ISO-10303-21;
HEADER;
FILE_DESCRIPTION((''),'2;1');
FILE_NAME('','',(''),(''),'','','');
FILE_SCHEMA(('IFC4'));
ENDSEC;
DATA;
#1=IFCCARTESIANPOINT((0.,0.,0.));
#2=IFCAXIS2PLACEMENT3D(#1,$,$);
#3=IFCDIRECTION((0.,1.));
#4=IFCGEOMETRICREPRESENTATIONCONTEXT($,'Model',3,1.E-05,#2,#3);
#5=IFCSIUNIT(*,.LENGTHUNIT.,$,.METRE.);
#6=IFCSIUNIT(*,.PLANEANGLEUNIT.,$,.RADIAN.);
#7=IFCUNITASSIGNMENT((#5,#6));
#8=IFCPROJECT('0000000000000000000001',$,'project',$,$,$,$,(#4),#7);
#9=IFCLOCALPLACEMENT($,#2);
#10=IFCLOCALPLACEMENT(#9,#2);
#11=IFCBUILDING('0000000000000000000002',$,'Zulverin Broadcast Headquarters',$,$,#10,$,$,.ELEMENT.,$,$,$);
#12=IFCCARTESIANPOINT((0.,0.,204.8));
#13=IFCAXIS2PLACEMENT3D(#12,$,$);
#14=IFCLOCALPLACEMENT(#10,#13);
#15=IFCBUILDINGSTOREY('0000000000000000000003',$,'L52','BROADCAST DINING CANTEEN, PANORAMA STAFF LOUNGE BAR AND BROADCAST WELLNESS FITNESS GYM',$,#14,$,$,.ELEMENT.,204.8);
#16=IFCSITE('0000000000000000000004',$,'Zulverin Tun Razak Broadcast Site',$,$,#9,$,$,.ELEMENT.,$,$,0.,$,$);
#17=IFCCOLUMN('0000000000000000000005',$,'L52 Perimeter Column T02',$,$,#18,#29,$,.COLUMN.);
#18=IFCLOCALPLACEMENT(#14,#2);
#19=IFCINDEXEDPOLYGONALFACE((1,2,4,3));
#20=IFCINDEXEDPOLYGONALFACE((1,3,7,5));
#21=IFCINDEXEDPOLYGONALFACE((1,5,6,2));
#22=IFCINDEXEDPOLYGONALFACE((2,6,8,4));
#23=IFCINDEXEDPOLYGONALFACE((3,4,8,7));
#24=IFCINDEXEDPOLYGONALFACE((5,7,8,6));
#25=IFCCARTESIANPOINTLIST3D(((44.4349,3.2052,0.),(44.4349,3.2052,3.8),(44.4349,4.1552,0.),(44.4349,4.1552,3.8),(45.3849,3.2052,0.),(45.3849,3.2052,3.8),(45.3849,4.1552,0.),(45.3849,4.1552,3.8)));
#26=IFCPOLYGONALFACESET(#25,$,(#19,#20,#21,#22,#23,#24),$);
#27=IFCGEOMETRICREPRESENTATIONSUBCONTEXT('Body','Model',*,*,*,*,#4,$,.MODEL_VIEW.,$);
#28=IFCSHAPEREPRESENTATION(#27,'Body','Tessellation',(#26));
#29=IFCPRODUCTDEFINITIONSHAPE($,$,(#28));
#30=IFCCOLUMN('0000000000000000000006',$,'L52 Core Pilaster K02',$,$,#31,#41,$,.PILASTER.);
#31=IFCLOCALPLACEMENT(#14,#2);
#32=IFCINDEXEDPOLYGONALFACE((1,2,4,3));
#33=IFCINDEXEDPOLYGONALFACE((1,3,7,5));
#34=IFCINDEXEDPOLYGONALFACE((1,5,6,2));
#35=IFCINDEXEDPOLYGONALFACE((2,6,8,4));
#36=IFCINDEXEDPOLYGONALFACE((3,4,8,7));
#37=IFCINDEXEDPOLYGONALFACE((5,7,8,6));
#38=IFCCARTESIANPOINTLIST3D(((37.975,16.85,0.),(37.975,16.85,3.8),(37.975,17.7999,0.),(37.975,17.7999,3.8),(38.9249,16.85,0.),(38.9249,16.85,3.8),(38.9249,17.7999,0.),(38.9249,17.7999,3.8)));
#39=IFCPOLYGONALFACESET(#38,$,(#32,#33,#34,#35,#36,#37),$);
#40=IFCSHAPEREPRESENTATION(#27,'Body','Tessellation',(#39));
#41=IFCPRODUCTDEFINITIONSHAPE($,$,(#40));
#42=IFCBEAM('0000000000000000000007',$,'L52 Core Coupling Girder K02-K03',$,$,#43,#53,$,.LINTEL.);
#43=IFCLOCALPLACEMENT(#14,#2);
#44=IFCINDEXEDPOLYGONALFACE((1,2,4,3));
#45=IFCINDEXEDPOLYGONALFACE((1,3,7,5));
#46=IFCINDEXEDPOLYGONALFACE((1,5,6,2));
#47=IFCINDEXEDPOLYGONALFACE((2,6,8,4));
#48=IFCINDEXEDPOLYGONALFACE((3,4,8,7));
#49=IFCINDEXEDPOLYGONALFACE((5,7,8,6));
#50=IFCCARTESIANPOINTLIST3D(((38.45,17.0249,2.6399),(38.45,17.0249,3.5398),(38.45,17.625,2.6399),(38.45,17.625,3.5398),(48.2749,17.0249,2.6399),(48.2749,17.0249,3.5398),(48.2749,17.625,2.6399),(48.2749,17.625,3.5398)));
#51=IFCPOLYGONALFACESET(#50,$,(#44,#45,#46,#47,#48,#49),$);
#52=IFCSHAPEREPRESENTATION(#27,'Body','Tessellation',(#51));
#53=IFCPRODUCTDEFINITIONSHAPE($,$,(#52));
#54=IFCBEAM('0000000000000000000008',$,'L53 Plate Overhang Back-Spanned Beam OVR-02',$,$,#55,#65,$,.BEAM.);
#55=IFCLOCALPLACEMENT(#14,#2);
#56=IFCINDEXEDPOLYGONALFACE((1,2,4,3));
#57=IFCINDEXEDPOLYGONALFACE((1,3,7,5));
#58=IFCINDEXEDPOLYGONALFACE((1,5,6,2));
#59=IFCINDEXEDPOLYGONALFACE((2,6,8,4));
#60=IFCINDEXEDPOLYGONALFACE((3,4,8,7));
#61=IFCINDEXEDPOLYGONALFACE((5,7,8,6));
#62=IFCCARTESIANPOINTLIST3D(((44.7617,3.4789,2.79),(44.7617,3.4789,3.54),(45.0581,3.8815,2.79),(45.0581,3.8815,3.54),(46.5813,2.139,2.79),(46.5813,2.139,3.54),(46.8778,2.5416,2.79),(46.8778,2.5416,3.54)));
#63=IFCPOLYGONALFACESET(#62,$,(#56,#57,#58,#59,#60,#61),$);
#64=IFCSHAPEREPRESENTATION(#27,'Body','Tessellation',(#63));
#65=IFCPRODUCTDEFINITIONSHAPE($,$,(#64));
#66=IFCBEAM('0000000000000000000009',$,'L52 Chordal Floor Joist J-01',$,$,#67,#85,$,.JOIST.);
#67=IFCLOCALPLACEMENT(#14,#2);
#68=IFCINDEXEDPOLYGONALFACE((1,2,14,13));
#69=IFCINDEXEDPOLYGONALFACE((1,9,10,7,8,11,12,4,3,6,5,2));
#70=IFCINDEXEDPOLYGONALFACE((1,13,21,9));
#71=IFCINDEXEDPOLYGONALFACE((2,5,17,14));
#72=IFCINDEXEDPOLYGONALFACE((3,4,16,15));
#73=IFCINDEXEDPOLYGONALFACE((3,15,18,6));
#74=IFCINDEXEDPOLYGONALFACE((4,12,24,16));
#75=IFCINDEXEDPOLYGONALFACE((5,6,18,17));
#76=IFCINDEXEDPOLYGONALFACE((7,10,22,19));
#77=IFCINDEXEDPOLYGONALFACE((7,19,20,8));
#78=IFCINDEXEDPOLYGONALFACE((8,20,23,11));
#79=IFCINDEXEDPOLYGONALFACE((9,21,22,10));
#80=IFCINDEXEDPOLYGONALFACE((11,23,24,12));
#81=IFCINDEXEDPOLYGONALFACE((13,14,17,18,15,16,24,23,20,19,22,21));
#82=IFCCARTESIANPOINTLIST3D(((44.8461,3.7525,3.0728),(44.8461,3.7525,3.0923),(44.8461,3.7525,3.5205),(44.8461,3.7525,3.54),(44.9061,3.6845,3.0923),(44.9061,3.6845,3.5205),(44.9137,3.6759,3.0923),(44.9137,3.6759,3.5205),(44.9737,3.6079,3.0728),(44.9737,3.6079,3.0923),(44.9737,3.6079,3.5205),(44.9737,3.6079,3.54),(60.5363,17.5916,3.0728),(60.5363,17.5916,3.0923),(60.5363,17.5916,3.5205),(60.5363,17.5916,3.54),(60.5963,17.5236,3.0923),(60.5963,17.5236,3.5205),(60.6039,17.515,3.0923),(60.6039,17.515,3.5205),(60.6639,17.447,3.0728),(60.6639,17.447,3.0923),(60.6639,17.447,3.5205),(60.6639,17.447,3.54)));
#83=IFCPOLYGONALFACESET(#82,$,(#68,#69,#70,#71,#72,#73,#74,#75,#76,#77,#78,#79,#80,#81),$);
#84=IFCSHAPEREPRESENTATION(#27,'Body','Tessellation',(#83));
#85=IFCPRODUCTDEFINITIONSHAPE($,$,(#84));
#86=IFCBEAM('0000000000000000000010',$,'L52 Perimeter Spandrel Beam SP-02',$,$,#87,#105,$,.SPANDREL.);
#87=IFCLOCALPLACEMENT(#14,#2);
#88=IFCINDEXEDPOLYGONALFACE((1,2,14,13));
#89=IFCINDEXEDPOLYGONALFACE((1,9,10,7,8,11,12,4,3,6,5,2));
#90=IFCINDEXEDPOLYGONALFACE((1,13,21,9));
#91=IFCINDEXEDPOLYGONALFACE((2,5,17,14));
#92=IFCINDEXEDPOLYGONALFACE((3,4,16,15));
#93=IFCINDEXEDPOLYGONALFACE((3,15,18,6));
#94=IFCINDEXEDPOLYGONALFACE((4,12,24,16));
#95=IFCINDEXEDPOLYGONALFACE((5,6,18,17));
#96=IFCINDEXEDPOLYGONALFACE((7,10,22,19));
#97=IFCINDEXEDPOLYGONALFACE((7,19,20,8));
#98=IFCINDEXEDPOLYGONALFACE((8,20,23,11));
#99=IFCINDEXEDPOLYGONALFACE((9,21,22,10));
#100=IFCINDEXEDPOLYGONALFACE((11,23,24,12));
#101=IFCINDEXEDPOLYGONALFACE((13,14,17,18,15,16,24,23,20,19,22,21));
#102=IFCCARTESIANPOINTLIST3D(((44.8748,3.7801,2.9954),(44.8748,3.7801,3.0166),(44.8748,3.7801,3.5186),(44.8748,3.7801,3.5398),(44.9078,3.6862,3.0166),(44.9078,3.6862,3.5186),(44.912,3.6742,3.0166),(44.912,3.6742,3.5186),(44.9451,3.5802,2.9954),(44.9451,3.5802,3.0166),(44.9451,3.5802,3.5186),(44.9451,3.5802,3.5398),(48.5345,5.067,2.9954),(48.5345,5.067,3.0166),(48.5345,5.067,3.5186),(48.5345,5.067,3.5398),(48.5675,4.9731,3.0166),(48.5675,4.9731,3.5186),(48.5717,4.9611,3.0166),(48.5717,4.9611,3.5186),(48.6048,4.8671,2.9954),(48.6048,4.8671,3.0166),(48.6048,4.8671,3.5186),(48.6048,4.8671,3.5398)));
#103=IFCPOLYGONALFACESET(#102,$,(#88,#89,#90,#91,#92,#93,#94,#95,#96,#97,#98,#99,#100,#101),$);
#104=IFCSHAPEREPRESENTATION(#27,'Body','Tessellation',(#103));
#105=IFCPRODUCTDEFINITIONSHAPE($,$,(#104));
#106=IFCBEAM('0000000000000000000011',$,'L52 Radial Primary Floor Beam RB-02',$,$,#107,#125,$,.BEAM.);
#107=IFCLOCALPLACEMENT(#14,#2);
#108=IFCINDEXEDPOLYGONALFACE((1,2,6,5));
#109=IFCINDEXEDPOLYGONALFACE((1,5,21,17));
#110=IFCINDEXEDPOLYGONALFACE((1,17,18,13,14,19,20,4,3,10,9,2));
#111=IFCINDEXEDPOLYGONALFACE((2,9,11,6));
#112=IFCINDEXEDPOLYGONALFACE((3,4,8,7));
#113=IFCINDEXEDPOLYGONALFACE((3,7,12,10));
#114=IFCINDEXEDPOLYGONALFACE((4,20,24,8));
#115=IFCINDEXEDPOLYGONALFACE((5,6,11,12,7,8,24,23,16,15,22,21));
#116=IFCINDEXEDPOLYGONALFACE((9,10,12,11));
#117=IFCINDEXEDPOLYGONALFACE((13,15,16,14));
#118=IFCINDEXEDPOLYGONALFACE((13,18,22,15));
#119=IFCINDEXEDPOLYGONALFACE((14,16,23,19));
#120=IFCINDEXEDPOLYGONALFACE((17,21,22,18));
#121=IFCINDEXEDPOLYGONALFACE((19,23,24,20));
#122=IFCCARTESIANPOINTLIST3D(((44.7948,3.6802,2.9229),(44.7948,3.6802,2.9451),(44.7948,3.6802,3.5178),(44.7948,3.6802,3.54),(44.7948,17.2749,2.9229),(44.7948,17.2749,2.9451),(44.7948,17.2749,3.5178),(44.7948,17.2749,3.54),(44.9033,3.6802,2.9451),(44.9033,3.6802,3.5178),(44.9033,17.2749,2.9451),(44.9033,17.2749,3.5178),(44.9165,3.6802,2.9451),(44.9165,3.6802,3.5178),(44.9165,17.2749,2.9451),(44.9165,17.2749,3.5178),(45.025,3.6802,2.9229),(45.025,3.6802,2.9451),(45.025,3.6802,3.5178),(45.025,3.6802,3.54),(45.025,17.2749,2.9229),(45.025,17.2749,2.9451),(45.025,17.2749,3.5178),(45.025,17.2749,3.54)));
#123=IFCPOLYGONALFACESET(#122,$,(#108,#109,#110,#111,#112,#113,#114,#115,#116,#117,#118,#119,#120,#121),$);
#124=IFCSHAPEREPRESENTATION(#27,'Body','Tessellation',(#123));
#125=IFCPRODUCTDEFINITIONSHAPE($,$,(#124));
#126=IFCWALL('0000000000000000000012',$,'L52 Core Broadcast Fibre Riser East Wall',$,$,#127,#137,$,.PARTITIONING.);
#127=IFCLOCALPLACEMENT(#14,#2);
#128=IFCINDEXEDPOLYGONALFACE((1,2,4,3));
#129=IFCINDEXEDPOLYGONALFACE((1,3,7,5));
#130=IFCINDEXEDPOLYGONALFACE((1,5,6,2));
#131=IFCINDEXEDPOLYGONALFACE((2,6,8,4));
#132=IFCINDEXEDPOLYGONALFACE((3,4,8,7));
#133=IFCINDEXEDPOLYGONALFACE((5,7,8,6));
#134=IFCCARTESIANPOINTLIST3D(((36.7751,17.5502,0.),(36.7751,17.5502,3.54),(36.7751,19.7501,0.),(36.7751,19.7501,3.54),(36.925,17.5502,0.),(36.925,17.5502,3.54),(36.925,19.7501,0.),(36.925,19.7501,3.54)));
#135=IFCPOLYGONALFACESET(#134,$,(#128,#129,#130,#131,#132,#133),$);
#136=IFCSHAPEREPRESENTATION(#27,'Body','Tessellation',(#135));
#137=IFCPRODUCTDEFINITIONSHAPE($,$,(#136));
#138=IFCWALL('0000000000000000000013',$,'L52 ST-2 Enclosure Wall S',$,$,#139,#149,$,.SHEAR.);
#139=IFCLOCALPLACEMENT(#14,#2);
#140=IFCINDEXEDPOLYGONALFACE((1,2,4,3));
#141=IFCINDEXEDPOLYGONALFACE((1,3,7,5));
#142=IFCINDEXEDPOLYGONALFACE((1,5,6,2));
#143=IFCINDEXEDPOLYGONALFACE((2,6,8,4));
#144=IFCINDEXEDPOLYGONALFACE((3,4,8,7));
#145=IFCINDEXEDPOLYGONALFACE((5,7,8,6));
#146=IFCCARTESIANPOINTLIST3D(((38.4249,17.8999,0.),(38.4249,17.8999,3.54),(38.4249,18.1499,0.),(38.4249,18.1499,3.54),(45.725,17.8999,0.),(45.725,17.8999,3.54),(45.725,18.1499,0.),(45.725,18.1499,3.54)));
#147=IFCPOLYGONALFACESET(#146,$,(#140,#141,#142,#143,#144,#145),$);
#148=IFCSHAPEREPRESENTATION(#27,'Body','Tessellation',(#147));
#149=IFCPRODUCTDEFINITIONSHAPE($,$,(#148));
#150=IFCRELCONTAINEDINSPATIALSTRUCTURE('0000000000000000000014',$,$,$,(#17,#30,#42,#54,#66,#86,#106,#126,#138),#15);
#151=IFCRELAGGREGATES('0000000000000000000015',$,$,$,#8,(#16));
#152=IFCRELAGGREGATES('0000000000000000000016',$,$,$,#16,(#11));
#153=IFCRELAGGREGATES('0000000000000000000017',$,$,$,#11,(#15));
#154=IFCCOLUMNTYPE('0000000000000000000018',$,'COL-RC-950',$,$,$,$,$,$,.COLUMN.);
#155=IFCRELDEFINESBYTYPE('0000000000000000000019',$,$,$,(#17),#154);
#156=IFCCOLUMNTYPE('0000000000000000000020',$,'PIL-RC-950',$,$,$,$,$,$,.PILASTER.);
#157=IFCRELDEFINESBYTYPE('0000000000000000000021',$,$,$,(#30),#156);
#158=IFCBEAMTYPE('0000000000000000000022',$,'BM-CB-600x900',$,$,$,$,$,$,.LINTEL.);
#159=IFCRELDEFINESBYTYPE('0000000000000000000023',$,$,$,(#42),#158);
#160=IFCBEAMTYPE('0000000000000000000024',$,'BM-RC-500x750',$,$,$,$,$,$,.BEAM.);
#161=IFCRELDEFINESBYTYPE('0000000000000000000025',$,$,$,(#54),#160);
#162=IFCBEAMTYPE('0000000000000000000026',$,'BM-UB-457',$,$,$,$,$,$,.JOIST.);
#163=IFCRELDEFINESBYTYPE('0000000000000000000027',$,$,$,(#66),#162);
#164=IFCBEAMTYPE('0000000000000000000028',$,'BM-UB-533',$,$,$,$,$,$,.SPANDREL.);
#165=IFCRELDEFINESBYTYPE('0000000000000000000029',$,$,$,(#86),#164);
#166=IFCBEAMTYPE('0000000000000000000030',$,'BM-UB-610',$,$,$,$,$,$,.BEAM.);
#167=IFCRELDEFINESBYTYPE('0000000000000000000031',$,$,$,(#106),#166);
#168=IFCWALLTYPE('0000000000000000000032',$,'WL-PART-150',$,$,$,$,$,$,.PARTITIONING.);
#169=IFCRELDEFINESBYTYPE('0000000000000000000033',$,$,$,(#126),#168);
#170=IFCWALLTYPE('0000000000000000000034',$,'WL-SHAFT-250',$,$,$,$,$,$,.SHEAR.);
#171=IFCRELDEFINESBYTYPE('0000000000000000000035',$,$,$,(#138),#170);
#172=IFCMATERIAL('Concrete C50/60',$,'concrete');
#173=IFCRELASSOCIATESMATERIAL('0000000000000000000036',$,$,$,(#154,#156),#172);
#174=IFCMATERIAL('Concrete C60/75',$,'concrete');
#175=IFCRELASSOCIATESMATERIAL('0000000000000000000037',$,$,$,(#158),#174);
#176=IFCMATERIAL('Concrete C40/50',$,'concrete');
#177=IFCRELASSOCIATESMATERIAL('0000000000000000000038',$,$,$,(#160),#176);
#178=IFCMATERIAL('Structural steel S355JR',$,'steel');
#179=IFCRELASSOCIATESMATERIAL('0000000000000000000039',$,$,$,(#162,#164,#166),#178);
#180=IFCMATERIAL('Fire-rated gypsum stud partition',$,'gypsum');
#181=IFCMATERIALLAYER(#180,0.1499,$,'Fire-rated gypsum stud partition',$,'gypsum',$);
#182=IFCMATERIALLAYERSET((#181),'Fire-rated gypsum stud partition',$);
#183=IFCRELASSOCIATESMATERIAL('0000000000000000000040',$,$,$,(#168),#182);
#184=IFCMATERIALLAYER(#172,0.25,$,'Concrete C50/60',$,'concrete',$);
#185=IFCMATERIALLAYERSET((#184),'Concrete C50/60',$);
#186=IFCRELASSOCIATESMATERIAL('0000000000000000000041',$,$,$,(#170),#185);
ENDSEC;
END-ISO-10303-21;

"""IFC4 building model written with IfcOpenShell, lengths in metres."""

from ifc_helpers import new_model, si_unit, direction, frame, frame_2d, origin, origin_2d, place, context, subcontext, project, spatial, rectangle, i_section, extrude, material, layer, layer_set, material_profile, profile_set, type_object, element, save


model = new_model("IFC4")

# Units and contexts
model_context = context("Model", 3, precision=1e-05, world=origin(), true_north=direction((0.0, 1.0)))
body_context = subcontext(model_context, "Body", "Model", "MODEL_VIEW")
ifc_project = project(units=[si_unit("LENGTHUNIT", "METRE"), si_unit("PLANEANGLEUNIT", "RADIAN")], contexts=[model_context])

# Site, building, storey
site_placement = place(None, origin())
site = spatial("IfcSite", under=ifc_project, at=site_placement, Name="Zulverin Tun Razak Broadcast Site", CompositionType="ELEMENT", RefElevation=0.0)
building_placement = place(site_placement, origin())
building = spatial("IfcBuilding", under=site, at=building_placement, Name="Zulverin Broadcast Headquarters", CompositionType="ELEMENT")
storey_placement = place(building_placement, frame((0.0, 0.0, 204.8)))
storey = spatial("IfcBuildingStorey", under=building, at=storey_placement, Name="L52", Description="BROADCAST DINING CANTEEN, PANORAMA STAFF LOUNGE BAR AND BROADCAST WELLNESS FITNESS GYM", CompositionType="ELEMENT", Elevation=204.8)

# Columns
ifc_material_1 = material(Name="Concrete C50/60", Category="concrete")
ifc_material_profile_1 = material_profile(ifc_material_1, rectangle(XDim=0.95, YDim=0.95, at=origin_2d()), Name="Concrete C50/60", Category="concrete")
ifc_profile_set_1 = profile_set([ifc_material_profile_1], Name="Concrete C50/60")
column_type_1 = type_object("IfcColumnType", Name="COL-RC-950", PredefinedType="COLUMN", material=ifc_profile_set_1)
column_1_placement = place(storey_placement, frame((44.9099, 3.6802, 0.0), z_axis=(0.0, 0.0, 1.0), x_axis=(1.0, 0.0, 0.0)))
element("IfcColumn", 1, at=column_1_placement, inside=storey, type_object=column_type_1, Name="L52 Perimeter Column T02", PredefinedType="COLUMN", context=body_context, shape_type="SweptSolid", body=[
    extrude(rectangle(XDim=0.95, YDim=0.95, at=origin_2d()), origin(), (0.0, 0.0, 1.0), 3.8),
])
ifc_material_profile_2 = material_profile(ifc_material_1, rectangle(XDim=0.95, YDim=0.95, at=origin_2d()), Name="Concrete C50/60", Category="concrete")
ifc_profile_set_2 = profile_set([ifc_material_profile_2], Name="Concrete C50/60")
column_type_2 = type_object("IfcColumnType", Name="PIL-RC-950", PredefinedType="PILASTER", material=ifc_profile_set_2)
column_2_placement = place(storey_placement, frame((38.45, 17.325, 0.0), z_axis=(0.0, 0.0, 1.0), x_axis=(1.0, 0.0, 0.0)))
element("IfcColumn", 2, at=column_2_placement, inside=storey, type_object=column_type_2, Name="L52 Core Pilaster K02", PredefinedType="PILASTER", context=body_context, shape_type="SweptSolid", body=[
    extrude(rectangle(XDim=0.95, YDim=0.95, at=origin_2d()), origin(), (0.0, 0.0, 1.0), 3.8),
])

# Beams
ifc_material_2 = material(Name="Concrete C60/75", Category="concrete")
ifc_material_profile_3 = material_profile(ifc_material_2, rectangle(XDim=0.6001, YDim=0.8999, at=origin_2d()), Name="Concrete C60/75", Category="concrete")
ifc_profile_set_3 = profile_set([ifc_material_profile_3], Name="Concrete C60/75")
beam_type_1 = type_object("IfcBeamType", Name="BM-CB-600x900", PredefinedType="LINTEL", material=ifc_profile_set_3)
beam_1_placement = place(storey_placement, frame((38.45, 17.325, 3.0898), z_axis=(1.0, 0.0, 0.0), x_axis=(0.0, 1.0, 0.0)))
element("IfcBeam", 3, at=beam_1_placement, inside=storey, type_object=beam_type_1, Name="L52 Core Coupling Girder K02-K03", PredefinedType="LINTEL", context=body_context, shape_type="SweptSolid", body=[
    extrude(rectangle(XDim=0.6001, YDim=0.8999, at=origin_2d()), origin(), (0.0, 0.0, 1.0), 9.825),
])
ifc_material_3 = material(Name="Concrete C40/50", Category="concrete")
ifc_material_profile_4 = material_profile(ifc_material_3, rectangle(XDim=0.5, YDim=0.75, at=origin_2d()), Name="Concrete C40/50", Category="concrete")
ifc_profile_set_4 = profile_set([ifc_material_profile_4], Name="Concrete C40/50")
beam_type_2 = type_object("IfcBeamType", Name="BM-RC-500x750", PredefinedType="BEAM", material=ifc_profile_set_4)
beam_2_placement = place(storey_placement, frame((44.9099, 3.6802, 3.165), z_axis=(0.805246, -0.592941, 0.0), x_axis=(0.592941, 0.805246, 0.0)))
element("IfcBeam", 4, at=beam_2_placement, inside=storey, type_object=beam_type_2, Name="L53 Plate Overhang Back-Spanned Beam OVR-02", PredefinedType="BEAM", context=body_context, shape_type="SweptSolid", body=[
    extrude(rectangle(XDim=0.5, YDim=0.75, at=origin_2d()), origin(), (0.0, 0.0, 1.0), 2.2598),
])
ifc_material_4 = material(Name="Structural steel S355JR", Category="steel")
ifc_material_profile_5 = material_profile(ifc_material_4, i_section(OverallWidth=0.1929, OverallDepth=0.4673, WebThickness=0.0115, FlangeThickness=0.0195, at=origin_2d()), Name="Structural steel S355JR", Category="steel")
ifc_profile_set_5 = profile_set([ifc_material_profile_5], Name="Structural steel S355JR")
beam_type_3 = type_object("IfcBeamType", Name="BM-UB-457", PredefinedType="JOIST", material=ifc_profile_set_5)
beam_3_placement = place(storey_placement, frame((44.9099, 3.6802, 3.3064), z_axis=(0.74996, 0.661483, 0.0), x_axis=(-0.661483, 0.74996, 0.0)))
element("IfcBeam", 5, at=beam_3_placement, inside=storey, type_object=beam_type_3, Name="L52 Chordal Floor Joist J-01", PredefinedType="JOIST", context=body_context, shape_type="SweptSolid", body=[
    extrude(i_section(OverallWidth=0.1929, OverallDepth=0.4673, WebThickness=0.0115, FlangeThickness=0.0195, at=origin_2d()), origin(), (0.0, 0.0, 1.0), 20.9214),
])
ifc_material_profile_6 = material_profile(ifc_material_4, i_section(OverallWidth=0.2119, OverallDepth=0.5444, WebThickness=0.0127, FlangeThickness=0.0212, at=origin_2d()), Name="Structural steel S355JR", Category="steel")
ifc_profile_set_6 = profile_set([ifc_material_profile_6], Name="Structural steel S355JR")
beam_type_4 = type_object("IfcBeamType", Name="BM-UB-533", PredefinedType="SPANDREL", material=ifc_profile_set_6)
beam_4_placement = place(storey_placement, frame((44.9099, 3.6802, 3.2676), z_axis=(0.943377, 0.331724, 0.0), x_axis=(-0.331724, 0.943377, 0.0)))
element("IfcBeam", 6, at=beam_4_placement, inside=storey, type_object=beam_type_4, Name="L52 Perimeter Spandrel Beam SP-02", PredefinedType="SPANDREL", context=body_context, shape_type="SweptSolid", body=[
    extrude(i_section(OverallWidth=0.2119, OverallDepth=0.5444, WebThickness=0.0127, FlangeThickness=0.0212, at=origin_2d()), origin(), (0.0, 0.0, 1.0), 3.8794),
])
ifc_material_profile_7 = material_profile(ifc_material_4, i_section(OverallWidth=0.2302, OverallDepth=0.6172, WebThickness=0.0132, FlangeThickness=0.0222, at=origin_2d()), Name="Structural steel S355JR", Category="steel")
ifc_profile_set_7 = profile_set([ifc_material_profile_7], Name="Structural steel S355JR")
beam_type_5 = type_object("IfcBeamType", Name="BM-UB-610", PredefinedType="BEAM", material=ifc_profile_set_7)
beam_5_placement = place(storey_placement, frame((44.9099, 17.2749, 3.2314), z_axis=(0.0, -1.0, 0.0), x_axis=(1.0, 0.0, 0.0)))
element("IfcBeam", 7, at=beam_5_placement, inside=storey, type_object=beam_type_5, Name="L52 Radial Primary Floor Beam RB-02", PredefinedType="BEAM", context=body_context, shape_type="SweptSolid", body=[
    extrude(i_section(OverallWidth=0.2302, OverallDepth=0.6172, WebThickness=0.0132, FlangeThickness=0.0222, at=origin_2d()), origin(), (0.0, 0.0, 1.0), 13.5947),
])

# Walls
ifc_material_5 = material(Name="Fire-rated gypsum stud partition", Category="gypsum")
ifc_layer_1 = layer(ifc_material_5, 0.1499, Name="Fire-rated gypsum stud partition", Category="gypsum")
ifc_layer_set_1 = layer_set([ifc_layer_1], Name="Fire-rated gypsum stud partition")
wall_type_1 = type_object("IfcWallType", Name="WL-PART-150", PredefinedType="PARTITIONING", material=ifc_layer_set_1)
wall_1_placement = place(storey_placement, frame((36.8501, 17.55, 0.0), z_axis=(0.0, 0.0, 1.0), x_axis=(0.0, 1.0, 0.0)))
element("IfcWall", 8, at=wall_1_placement, inside=storey, type_object=wall_type_1, Name="L52 Core Broadcast Fibre Riser East Wall", PredefinedType="PARTITIONING", context=body_context, shape_type="SweptSolid", body=[
    extrude(rectangle(XDim=2.2, YDim=0.1499, at=frame_2d((1.1001, 0.0))), origin(), (0.0, 0.0, 1.0), 3.54),
])
ifc_layer_2 = layer(ifc_material_1, 0.25, Name="Concrete C50/60", Category="concrete")
ifc_layer_set_2 = layer_set([ifc_layer_2], Name="Concrete C50/60")
wall_type_2 = type_object("IfcWallType", Name="WL-SHAFT-250", PredefinedType="SHEAR", material=ifc_layer_set_2)
wall_2_placement = place(storey_placement, frame((38.425, 18.0249, 0.0), z_axis=(0.0, 0.0, 1.0), x_axis=(1.0, 0.0, 0.0)))
element("IfcWall", 9, at=wall_2_placement, inside=storey, type_object=wall_type_2, Name="L52 ST-2 Enclosure Wall S", PredefinedType="SHEAR", context=body_context, shape_type="SweptSolid", body=[
    extrude(rectangle(XDim=7.3, YDim=0.25, at=frame_2d((3.6499, 0.0))), origin(), (0.0, 0.0, 1.0), 3.54),
])

save(model, "model.ifc")
